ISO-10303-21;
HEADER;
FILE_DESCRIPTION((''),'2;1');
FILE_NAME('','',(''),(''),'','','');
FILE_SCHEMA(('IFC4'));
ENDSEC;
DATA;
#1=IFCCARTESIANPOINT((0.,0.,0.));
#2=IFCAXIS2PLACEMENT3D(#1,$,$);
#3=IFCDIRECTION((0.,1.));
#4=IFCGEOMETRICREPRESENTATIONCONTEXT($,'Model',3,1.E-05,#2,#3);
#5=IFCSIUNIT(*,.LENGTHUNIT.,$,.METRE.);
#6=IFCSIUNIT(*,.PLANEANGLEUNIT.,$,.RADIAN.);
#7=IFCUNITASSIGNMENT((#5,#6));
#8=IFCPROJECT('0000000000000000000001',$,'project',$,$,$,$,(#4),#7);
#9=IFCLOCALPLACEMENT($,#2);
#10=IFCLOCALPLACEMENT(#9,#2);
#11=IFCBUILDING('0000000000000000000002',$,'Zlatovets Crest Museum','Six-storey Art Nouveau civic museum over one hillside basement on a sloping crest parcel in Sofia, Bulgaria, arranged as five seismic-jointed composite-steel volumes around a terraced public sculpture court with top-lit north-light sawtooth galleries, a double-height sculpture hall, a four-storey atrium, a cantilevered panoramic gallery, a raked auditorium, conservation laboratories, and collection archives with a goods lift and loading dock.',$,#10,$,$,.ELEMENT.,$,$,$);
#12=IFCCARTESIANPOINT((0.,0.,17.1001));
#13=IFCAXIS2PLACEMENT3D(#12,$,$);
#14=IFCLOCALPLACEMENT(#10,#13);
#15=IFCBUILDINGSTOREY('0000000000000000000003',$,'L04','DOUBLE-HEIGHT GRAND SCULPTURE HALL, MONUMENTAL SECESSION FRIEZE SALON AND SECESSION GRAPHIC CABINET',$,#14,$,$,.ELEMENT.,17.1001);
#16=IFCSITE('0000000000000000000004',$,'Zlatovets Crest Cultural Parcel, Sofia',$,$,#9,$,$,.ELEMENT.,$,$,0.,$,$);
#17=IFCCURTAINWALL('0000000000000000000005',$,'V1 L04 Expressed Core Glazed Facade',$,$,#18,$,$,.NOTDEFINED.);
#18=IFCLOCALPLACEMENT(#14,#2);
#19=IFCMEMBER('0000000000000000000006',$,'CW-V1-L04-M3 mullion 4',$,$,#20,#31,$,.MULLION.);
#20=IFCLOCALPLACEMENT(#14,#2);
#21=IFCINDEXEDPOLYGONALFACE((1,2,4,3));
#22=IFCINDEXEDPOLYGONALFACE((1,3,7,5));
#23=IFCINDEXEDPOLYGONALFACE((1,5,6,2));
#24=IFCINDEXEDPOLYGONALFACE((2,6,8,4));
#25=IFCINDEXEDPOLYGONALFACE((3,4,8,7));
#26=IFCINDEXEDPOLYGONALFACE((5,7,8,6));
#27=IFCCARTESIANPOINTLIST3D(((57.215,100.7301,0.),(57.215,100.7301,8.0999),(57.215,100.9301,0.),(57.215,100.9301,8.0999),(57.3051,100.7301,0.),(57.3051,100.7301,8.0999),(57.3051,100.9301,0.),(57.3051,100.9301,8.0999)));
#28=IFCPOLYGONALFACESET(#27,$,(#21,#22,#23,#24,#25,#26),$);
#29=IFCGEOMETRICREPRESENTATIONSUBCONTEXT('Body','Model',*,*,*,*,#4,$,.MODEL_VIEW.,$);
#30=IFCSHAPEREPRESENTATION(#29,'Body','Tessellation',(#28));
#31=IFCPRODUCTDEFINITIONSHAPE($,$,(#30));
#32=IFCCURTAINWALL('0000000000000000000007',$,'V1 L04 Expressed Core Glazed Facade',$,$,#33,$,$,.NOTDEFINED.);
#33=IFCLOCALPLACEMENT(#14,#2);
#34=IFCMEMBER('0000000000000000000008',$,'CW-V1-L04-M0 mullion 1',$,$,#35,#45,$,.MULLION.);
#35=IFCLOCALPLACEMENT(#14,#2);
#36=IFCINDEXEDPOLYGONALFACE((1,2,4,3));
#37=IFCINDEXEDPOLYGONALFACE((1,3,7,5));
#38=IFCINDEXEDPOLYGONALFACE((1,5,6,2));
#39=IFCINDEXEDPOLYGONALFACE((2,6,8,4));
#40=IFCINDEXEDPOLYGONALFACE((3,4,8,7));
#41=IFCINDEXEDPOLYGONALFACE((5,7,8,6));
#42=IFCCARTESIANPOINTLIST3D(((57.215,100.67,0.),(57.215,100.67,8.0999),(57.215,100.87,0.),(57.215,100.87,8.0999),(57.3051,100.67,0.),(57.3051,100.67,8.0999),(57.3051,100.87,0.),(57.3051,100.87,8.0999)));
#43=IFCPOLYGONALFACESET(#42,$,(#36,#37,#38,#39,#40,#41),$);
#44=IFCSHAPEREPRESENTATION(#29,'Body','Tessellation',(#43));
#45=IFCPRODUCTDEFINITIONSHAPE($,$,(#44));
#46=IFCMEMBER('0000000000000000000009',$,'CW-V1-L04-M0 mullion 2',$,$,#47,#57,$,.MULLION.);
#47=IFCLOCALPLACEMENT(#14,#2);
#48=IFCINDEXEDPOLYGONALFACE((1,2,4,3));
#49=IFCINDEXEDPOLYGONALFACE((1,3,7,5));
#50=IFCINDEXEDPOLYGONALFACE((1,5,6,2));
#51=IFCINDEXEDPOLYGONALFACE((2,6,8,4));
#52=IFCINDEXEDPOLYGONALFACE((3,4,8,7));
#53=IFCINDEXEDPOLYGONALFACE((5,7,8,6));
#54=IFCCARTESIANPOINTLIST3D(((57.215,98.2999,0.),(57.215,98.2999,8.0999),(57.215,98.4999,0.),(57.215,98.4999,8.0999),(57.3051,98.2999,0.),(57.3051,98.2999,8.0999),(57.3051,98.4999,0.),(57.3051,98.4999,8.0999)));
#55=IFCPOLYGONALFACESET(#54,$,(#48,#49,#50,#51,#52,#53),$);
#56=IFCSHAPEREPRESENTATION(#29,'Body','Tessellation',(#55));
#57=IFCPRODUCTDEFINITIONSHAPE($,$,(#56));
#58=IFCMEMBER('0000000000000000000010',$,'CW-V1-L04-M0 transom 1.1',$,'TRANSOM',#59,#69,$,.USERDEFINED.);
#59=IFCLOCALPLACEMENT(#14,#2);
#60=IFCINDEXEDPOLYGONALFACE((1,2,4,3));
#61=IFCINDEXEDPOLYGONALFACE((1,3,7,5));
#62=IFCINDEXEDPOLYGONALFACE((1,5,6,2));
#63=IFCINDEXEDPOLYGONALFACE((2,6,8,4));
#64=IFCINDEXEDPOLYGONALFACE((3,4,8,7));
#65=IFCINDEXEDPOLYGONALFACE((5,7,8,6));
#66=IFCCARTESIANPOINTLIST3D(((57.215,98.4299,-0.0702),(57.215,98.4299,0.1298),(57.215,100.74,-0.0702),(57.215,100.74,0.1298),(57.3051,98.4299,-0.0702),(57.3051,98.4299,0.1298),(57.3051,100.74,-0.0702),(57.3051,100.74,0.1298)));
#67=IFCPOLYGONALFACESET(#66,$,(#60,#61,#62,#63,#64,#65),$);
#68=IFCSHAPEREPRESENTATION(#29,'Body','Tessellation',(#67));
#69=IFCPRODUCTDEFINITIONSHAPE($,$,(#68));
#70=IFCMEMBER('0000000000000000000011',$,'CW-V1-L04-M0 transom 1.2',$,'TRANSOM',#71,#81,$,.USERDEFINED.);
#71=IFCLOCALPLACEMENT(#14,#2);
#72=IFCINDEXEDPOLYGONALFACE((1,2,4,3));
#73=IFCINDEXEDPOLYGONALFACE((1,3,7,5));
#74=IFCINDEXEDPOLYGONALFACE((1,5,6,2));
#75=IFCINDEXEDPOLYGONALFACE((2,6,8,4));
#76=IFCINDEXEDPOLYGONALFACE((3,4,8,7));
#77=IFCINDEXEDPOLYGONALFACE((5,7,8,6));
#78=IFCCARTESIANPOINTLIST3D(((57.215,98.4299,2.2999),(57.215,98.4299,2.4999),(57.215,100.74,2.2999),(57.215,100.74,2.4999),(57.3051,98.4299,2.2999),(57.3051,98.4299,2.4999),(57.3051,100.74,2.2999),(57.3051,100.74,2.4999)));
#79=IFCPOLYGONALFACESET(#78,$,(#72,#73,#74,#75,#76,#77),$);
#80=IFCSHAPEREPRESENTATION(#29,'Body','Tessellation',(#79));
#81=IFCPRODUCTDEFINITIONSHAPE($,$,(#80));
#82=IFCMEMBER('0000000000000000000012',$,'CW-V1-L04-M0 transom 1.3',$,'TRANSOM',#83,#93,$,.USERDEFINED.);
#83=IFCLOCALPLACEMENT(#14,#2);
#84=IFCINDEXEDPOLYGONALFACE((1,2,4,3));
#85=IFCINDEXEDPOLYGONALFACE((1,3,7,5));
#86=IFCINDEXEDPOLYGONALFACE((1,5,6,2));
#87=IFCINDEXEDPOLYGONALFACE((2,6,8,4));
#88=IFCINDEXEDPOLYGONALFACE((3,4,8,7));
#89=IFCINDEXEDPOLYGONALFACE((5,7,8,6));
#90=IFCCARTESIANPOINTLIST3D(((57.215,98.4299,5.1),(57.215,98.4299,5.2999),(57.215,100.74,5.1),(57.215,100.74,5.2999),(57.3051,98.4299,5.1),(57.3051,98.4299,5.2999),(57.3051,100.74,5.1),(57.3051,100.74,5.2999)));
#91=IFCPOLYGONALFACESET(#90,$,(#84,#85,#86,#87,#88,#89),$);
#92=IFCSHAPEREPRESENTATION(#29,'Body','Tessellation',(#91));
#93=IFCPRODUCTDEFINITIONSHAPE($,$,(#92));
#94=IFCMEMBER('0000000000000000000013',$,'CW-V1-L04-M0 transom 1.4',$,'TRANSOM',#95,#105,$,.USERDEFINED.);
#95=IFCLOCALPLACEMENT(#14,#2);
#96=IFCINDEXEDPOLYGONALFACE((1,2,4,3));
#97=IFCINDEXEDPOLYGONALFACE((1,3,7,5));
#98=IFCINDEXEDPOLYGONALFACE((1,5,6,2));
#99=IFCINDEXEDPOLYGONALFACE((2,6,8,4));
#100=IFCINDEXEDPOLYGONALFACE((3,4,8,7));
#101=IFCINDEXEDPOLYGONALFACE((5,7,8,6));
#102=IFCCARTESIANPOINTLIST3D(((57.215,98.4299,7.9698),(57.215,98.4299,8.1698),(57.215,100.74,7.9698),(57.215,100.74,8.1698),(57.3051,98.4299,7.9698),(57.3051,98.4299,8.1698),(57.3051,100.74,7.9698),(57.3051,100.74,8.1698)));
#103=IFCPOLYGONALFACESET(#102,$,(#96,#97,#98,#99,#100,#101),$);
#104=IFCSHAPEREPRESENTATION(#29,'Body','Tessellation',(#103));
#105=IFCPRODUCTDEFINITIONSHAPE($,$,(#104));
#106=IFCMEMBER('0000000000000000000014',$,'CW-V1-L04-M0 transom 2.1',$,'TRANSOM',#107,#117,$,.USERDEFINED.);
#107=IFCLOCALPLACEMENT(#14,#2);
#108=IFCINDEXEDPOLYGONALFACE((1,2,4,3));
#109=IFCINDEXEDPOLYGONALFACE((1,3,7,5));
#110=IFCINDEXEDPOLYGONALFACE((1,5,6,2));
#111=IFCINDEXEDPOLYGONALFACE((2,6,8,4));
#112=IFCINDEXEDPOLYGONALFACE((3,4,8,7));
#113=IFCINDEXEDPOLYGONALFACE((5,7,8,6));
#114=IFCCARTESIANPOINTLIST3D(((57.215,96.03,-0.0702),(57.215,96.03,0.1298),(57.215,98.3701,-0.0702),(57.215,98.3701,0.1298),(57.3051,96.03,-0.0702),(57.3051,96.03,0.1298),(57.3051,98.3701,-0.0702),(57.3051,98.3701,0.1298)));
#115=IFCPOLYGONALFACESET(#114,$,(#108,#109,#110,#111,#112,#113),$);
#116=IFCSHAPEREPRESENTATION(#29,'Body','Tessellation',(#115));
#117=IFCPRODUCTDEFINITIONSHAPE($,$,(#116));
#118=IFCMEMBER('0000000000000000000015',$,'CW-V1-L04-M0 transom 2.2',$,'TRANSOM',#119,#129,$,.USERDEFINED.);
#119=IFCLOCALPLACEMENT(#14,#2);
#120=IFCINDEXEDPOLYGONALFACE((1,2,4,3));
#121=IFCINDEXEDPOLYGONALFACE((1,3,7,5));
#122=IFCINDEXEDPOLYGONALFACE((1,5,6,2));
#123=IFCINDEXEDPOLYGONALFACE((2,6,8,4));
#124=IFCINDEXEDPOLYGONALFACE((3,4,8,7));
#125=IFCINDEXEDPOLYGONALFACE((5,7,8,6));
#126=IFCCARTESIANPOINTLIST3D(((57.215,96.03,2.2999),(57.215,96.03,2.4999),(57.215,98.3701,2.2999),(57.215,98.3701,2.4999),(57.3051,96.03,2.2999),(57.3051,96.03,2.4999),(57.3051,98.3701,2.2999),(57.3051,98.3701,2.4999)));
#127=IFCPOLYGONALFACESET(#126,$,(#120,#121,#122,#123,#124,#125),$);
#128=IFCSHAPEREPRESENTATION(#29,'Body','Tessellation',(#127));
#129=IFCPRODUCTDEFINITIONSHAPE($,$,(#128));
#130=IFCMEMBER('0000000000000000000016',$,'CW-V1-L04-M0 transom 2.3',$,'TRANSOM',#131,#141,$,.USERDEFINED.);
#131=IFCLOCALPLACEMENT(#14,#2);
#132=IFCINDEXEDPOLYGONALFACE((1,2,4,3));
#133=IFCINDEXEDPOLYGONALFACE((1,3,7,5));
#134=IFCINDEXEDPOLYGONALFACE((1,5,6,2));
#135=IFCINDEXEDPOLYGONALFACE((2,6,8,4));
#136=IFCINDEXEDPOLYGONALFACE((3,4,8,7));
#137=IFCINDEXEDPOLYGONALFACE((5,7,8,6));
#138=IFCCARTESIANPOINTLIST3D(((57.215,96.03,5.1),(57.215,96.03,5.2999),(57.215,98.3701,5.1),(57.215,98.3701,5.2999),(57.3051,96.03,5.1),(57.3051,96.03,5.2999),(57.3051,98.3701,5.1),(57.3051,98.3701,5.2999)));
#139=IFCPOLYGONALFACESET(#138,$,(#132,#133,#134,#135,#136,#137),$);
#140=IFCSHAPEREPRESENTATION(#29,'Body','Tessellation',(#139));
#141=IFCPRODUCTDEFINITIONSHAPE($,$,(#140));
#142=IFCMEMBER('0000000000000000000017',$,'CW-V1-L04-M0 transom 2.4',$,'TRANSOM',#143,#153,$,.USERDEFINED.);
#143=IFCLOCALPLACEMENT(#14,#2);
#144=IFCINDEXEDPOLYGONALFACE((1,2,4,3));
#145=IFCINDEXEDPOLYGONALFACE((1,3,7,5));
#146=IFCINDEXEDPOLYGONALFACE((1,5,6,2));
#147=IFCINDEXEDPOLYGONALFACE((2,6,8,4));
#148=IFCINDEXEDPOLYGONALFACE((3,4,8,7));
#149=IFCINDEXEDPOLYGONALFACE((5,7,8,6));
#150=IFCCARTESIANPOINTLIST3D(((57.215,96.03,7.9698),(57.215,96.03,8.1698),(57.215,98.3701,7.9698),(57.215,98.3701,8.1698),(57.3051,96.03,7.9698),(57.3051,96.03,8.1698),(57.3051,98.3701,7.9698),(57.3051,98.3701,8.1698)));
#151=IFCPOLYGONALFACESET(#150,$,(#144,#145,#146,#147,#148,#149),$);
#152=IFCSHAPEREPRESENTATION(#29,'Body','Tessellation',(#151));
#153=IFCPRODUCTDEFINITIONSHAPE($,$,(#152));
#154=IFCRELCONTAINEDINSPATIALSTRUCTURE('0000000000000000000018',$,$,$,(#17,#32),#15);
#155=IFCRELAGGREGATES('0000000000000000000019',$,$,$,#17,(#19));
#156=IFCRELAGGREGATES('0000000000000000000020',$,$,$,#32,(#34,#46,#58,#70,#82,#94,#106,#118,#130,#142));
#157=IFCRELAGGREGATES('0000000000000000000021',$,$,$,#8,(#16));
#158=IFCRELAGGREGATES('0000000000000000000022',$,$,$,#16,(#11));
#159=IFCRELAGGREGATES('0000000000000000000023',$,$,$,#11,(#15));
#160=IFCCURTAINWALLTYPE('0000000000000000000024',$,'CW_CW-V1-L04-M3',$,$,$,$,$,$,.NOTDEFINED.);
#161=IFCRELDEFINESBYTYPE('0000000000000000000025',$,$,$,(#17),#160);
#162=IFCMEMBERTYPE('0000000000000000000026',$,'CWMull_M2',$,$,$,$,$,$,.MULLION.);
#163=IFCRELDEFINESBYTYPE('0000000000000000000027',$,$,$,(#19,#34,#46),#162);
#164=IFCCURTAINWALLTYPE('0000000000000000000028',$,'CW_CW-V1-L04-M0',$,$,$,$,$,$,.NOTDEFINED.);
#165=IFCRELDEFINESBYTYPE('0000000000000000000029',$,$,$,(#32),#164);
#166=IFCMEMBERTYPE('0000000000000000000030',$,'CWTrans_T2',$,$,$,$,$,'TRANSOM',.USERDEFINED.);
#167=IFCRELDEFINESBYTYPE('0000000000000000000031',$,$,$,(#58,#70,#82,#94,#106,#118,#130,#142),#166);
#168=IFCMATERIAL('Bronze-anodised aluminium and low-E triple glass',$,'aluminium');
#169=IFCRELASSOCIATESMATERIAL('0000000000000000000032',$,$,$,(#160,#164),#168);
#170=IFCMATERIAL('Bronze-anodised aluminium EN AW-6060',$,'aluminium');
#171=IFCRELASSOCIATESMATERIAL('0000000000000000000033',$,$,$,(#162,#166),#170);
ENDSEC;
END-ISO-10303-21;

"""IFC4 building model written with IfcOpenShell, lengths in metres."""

from ifc_helpers import new_model, si_unit, direction, frame, origin, origin_2d, place, context, subcontext, project, spatial, rectangle, extrude, material, material_profile, profile_set, type_object, element, aggregate, save


model = new_model("IFC4")

# Units and contexts
model_context = context("Model", 3, precision=1e-05, world=origin(), true_north=direction((0.0, 1.0)))
body_context = subcontext(model_context, "Body", "Model", "MODEL_VIEW")
ifc_project = project(units=[si_unit("LENGTHUNIT", "METRE"), si_unit("PLANEANGLEUNIT", "RADIAN")], contexts=[model_context])

# Site, building, storey
site_placement = place(None, origin())
site = spatial("IfcSite", under=ifc_project, at=site_placement, Name="Zlatovets Crest Cultural Parcel, Sofia", CompositionType="ELEMENT", RefElevation=0.0)
building_placement = place(site_placement, origin())
building = spatial("IfcBuilding", under=site, at=building_placement, Name="Zlatovets Crest Museum", Description="Six-storey Art Nouveau civic museum over one hillside basement on a sloping crest parcel in Sofia, Bulgaria, arranged as five seismic-jointed composite-steel volumes around a terraced public sculpture court with top-lit north-light sawtooth galleries, a double-height sculpture hall, a four-storey atrium, a cantilevered panoramic gallery, a raked auditorium, conservation laboratories, and collection archives with a goods lift and loading dock.", CompositionType="ELEMENT")
storey_placement = place(building_placement, frame((0.0, 0.0, 17.1001)))
storey = spatial("IfcBuildingStorey", under=building, at=storey_placement, Name="L04", Description="DOUBLE-HEIGHT GRAND SCULPTURE HALL, MONUMENTAL SECESSION FRIEZE SALON AND SECESSION GRAPHIC CABINET", CompositionType="ELEMENT", Elevation=17.1001)

# Curtain wall, member
ifc_material_1 = material(Name="Bronze-anodised aluminium and low-E triple glass", Category="aluminium")
curtain_wall_type_1 = type_object("IfcCurtainWallType", Name="CW_CW-V1-L04-M3", PredefinedType="NOTDEFINED", material=ifc_material_1)
curtain_wall_1_placement = place(storey_placement, origin())
curtain_wall_1 = element("IfcCurtainWall", 1, at=curtain_wall_1_placement, inside=storey, type_object=curtain_wall_type_1, Name="V1 L04 Expressed Core Glazed Facade", PredefinedType="NOTDEFINED")
ifc_material_2 = material(Name="Bronze-anodised aluminium EN AW-6060", Category="aluminium")
ifc_material_profile_1 = material_profile(ifc_material_2, rectangle(XDim=0.0901, YDim=0.2, at=origin_2d()), Name="ALU 90x200")
ifc_profile_set_1 = profile_set([ifc_material_profile_1], Name="Bronze-anodised aluminium EN AW-6060")
member_type_1 = type_object("IfcMemberType", Name="CWMull_M2", PredefinedType="MULLION", material=ifc_profile_set_1)
member_1_placement = place(storey_placement, frame((57.26, 100.8301, 0.0), z_axis=(0.0, 0.0, 1.0), x_axis=(1.0, 0.0, 0.0)))
member_1 = element("IfcMember", 2, at=member_1_placement, type_object=member_type_1, Name="CW-V1-L04-M3 mullion 4", PredefinedType="MULLION", context=body_context, shape_type="SweptSolid", body=[
    extrude(rectangle(XDim=0.0901, YDim=0.2, at=origin_2d()), origin(), (0.0, 0.0, 1.0), 8.0999),
])
aggregate(curtain_wall_1, [member_1])

# Curtain wall, members
curtain_wall_type_2 = type_object("IfcCurtainWallType", Name="CW_CW-V1-L04-M0", PredefinedType="NOTDEFINED", material=ifc_material_1)
curtain_wall_2_placement = place(storey_placement, origin())
curtain_wall_2 = element("IfcCurtainWall", 3, at=curtain_wall_2_placement, inside=storey, type_object=curtain_wall_type_2, Name="V1 L04 Expressed Core Glazed Facade", PredefinedType="NOTDEFINED")
member_2_placement = place(storey_placement, frame((57.26, 100.77, 0.0), z_axis=(0.0, 0.0, 1.0), x_axis=(1.0, 0.0, 0.0)))
member_2 = element("IfcMember", 4, at=member_2_placement, type_object=member_type_1, Name="CW-V1-L04-M0 mullion 1", PredefinedType="MULLION", context=body_context, shape_type="SweptSolid", body=[
    extrude(rectangle(XDim=0.0901, YDim=0.2, at=origin_2d()), origin(), (0.0, 0.0, 1.0), 8.0999),
])
member_3_placement = place(storey_placement, frame((57.26, 98.3999, 0.0), z_axis=(0.0, 0.0, 1.0), x_axis=(1.0, 0.0, 0.0)))
member_3 = element("IfcMember", 5, at=member_3_placement, type_object=member_type_1, Name="CW-V1-L04-M0 mullion 2", PredefinedType="MULLION", context=body_context, shape_type="SweptSolid", body=[
    extrude(rectangle(XDim=0.0901, YDim=0.2, at=origin_2d()), origin(), (0.0, 0.0, 1.0), 8.0999),
])
ifc_material_profile_2 = material_profile(ifc_material_2, rectangle(XDim=0.0901, YDim=0.2, at=origin_2d()), Name="ALU 90x200")
ifc_profile_set_2 = profile_set([ifc_material_profile_2], Name="Bronze-anodised aluminium EN AW-6060")
member_type_2 = type_object("IfcMemberType", Name="CWTrans_T2", ElementType="TRANSOM", PredefinedType="USERDEFINED", material=ifc_profile_set_2)
member_4_placement = place(storey_placement, frame((57.26, 100.74, 0.0298), z_axis=(0.0, -1.0, 0.0), x_axis=(1.0, 0.0, 0.0)))
member_4 = element("IfcMember", 6, at=member_4_placement, type_object=member_type_2, Name="CW-V1-L04-M0 transom 1.1", ObjectType="TRANSOM", PredefinedType="USERDEFINED", context=body_context, shape_type="SweptSolid", body=[
    extrude(rectangle(XDim=0.0901, YDim=0.2, at=origin_2d()), origin(), (0.0, 0.0, 1.0), 2.3101),
])
member_5_placement = place(storey_placement, frame((57.26, 100.74, 2.3999), z_axis=(0.0, -1.0, 0.0), x_axis=(1.0, 0.0, 0.0)))
member_5 = element("IfcMember", 7, at=member_5_placement, type_object=member_type_2, Name="CW-V1-L04-M0 transom 1.2", ObjectType="TRANSOM", PredefinedType="USERDEFINED", context=body_context, shape_type="SweptSolid", body=[
    extrude(rectangle(XDim=0.0901, YDim=0.2, at=origin_2d()), origin(), (0.0, 0.0, 1.0), 2.3101),
])
member_6_placement = place(storey_placement, frame((57.26, 100.74, 5.2), z_axis=(0.0, -1.0, 0.0), x_axis=(1.0, 0.0, 0.0)))
member_6 = element("IfcMember", 8, at=member_6_placement, type_object=member_type_2, Name="CW-V1-L04-M0 transom 1.3", ObjectType="TRANSOM", PredefinedType="USERDEFINED", context=body_context, shape_type="SweptSolid", body=[
    extrude(rectangle(XDim=0.0901, YDim=0.2, at=origin_2d()), origin(), (0.0, 0.0, 1.0), 2.3101),
])
member_7_placement = place(storey_placement, frame((57.26, 100.74, 8.0698), z_axis=(0.0, -1.0, 0.0), x_axis=(1.0, 0.0, 0.0)))
member_7 = element("IfcMember", 9, at=member_7_placement, type_object=member_type_2, Name="CW-V1-L04-M0 transom 1.4", ObjectType="TRANSOM", PredefinedType="USERDEFINED", context=body_context, shape_type="SweptSolid", body=[
    extrude(rectangle(XDim=0.0901, YDim=0.2, at=origin_2d()), origin(), (0.0, 0.0, 1.0), 2.3101),
])
member_8_placement = place(storey_placement, frame((57.26, 98.3701, 0.0298), z_axis=(0.0, -1.0, 0.0), x_axis=(1.0, 0.0, 0.0)))
member_8 = element("IfcMember", 10, at=member_8_placement, type_object=member_type_2, Name="CW-V1-L04-M0 transom 2.1", ObjectType="TRANSOM", PredefinedType="USERDEFINED", context=body_context, shape_type="SweptSolid", body=[
    extrude(rectangle(XDim=0.0901, YDim=0.2, at=origin_2d()), origin(), (0.0, 0.0, 1.0), 2.3401),
])
member_9_placement = place(storey_placement, frame((57.26, 98.3701, 2.3999), z_axis=(0.0, -1.0, 0.0), x_axis=(1.0, 0.0, 0.0)))
member_9 = element("IfcMember", 11, at=member_9_placement, type_object=member_type_2, Name="CW-V1-L04-M0 transom 2.2", ObjectType="TRANSOM", PredefinedType="USERDEFINED", context=body_context, shape_type="SweptSolid", body=[
    extrude(rectangle(XDim=0.0901, YDim=0.2, at=origin_2d()), origin(), (0.0, 0.0, 1.0), 2.3401),
])
member_10_placement = place(storey_placement, frame((57.26, 98.3701, 5.2), z_axis=(0.0, -1.0, 0.0), x_axis=(1.0, 0.0, 0.0)))
member_10 = element("IfcMember", 12, at=member_10_placement, type_object=member_type_2, Name="CW-V1-L04-M0 transom 2.3", ObjectType="TRANSOM", PredefinedType="USERDEFINED", context=body_context, shape_type="SweptSolid", body=[
    extrude(rectangle(XDim=0.0901, YDim=0.2, at=origin_2d()), origin(), (0.0, 0.0, 1.0), 2.3401),
])
member_11_placement = place(storey_placement, frame((57.26, 98.3701, 8.0698), z_axis=(0.0, -1.0, 0.0), x_axis=(1.0, 0.0, 0.0)))
member_11 = element("IfcMember", 13, at=member_11_placement, type_object=member_type_2, Name="CW-V1-L04-M0 transom 2.4", ObjectType="TRANSOM", PredefinedType="USERDEFINED", context=body_context, shape_type="SweptSolid", body=[
    extrude(rectangle(XDim=0.0901, YDim=0.2, at=origin_2d()), origin(), (0.0, 0.0, 1.0), 2.3401),
])

aggregate(curtain_wall_2, [member_2, member_3, member_4, member_5, member_6, member_7, member_8, member_9, member_10, member_11])

save(model, "model.ifc")
